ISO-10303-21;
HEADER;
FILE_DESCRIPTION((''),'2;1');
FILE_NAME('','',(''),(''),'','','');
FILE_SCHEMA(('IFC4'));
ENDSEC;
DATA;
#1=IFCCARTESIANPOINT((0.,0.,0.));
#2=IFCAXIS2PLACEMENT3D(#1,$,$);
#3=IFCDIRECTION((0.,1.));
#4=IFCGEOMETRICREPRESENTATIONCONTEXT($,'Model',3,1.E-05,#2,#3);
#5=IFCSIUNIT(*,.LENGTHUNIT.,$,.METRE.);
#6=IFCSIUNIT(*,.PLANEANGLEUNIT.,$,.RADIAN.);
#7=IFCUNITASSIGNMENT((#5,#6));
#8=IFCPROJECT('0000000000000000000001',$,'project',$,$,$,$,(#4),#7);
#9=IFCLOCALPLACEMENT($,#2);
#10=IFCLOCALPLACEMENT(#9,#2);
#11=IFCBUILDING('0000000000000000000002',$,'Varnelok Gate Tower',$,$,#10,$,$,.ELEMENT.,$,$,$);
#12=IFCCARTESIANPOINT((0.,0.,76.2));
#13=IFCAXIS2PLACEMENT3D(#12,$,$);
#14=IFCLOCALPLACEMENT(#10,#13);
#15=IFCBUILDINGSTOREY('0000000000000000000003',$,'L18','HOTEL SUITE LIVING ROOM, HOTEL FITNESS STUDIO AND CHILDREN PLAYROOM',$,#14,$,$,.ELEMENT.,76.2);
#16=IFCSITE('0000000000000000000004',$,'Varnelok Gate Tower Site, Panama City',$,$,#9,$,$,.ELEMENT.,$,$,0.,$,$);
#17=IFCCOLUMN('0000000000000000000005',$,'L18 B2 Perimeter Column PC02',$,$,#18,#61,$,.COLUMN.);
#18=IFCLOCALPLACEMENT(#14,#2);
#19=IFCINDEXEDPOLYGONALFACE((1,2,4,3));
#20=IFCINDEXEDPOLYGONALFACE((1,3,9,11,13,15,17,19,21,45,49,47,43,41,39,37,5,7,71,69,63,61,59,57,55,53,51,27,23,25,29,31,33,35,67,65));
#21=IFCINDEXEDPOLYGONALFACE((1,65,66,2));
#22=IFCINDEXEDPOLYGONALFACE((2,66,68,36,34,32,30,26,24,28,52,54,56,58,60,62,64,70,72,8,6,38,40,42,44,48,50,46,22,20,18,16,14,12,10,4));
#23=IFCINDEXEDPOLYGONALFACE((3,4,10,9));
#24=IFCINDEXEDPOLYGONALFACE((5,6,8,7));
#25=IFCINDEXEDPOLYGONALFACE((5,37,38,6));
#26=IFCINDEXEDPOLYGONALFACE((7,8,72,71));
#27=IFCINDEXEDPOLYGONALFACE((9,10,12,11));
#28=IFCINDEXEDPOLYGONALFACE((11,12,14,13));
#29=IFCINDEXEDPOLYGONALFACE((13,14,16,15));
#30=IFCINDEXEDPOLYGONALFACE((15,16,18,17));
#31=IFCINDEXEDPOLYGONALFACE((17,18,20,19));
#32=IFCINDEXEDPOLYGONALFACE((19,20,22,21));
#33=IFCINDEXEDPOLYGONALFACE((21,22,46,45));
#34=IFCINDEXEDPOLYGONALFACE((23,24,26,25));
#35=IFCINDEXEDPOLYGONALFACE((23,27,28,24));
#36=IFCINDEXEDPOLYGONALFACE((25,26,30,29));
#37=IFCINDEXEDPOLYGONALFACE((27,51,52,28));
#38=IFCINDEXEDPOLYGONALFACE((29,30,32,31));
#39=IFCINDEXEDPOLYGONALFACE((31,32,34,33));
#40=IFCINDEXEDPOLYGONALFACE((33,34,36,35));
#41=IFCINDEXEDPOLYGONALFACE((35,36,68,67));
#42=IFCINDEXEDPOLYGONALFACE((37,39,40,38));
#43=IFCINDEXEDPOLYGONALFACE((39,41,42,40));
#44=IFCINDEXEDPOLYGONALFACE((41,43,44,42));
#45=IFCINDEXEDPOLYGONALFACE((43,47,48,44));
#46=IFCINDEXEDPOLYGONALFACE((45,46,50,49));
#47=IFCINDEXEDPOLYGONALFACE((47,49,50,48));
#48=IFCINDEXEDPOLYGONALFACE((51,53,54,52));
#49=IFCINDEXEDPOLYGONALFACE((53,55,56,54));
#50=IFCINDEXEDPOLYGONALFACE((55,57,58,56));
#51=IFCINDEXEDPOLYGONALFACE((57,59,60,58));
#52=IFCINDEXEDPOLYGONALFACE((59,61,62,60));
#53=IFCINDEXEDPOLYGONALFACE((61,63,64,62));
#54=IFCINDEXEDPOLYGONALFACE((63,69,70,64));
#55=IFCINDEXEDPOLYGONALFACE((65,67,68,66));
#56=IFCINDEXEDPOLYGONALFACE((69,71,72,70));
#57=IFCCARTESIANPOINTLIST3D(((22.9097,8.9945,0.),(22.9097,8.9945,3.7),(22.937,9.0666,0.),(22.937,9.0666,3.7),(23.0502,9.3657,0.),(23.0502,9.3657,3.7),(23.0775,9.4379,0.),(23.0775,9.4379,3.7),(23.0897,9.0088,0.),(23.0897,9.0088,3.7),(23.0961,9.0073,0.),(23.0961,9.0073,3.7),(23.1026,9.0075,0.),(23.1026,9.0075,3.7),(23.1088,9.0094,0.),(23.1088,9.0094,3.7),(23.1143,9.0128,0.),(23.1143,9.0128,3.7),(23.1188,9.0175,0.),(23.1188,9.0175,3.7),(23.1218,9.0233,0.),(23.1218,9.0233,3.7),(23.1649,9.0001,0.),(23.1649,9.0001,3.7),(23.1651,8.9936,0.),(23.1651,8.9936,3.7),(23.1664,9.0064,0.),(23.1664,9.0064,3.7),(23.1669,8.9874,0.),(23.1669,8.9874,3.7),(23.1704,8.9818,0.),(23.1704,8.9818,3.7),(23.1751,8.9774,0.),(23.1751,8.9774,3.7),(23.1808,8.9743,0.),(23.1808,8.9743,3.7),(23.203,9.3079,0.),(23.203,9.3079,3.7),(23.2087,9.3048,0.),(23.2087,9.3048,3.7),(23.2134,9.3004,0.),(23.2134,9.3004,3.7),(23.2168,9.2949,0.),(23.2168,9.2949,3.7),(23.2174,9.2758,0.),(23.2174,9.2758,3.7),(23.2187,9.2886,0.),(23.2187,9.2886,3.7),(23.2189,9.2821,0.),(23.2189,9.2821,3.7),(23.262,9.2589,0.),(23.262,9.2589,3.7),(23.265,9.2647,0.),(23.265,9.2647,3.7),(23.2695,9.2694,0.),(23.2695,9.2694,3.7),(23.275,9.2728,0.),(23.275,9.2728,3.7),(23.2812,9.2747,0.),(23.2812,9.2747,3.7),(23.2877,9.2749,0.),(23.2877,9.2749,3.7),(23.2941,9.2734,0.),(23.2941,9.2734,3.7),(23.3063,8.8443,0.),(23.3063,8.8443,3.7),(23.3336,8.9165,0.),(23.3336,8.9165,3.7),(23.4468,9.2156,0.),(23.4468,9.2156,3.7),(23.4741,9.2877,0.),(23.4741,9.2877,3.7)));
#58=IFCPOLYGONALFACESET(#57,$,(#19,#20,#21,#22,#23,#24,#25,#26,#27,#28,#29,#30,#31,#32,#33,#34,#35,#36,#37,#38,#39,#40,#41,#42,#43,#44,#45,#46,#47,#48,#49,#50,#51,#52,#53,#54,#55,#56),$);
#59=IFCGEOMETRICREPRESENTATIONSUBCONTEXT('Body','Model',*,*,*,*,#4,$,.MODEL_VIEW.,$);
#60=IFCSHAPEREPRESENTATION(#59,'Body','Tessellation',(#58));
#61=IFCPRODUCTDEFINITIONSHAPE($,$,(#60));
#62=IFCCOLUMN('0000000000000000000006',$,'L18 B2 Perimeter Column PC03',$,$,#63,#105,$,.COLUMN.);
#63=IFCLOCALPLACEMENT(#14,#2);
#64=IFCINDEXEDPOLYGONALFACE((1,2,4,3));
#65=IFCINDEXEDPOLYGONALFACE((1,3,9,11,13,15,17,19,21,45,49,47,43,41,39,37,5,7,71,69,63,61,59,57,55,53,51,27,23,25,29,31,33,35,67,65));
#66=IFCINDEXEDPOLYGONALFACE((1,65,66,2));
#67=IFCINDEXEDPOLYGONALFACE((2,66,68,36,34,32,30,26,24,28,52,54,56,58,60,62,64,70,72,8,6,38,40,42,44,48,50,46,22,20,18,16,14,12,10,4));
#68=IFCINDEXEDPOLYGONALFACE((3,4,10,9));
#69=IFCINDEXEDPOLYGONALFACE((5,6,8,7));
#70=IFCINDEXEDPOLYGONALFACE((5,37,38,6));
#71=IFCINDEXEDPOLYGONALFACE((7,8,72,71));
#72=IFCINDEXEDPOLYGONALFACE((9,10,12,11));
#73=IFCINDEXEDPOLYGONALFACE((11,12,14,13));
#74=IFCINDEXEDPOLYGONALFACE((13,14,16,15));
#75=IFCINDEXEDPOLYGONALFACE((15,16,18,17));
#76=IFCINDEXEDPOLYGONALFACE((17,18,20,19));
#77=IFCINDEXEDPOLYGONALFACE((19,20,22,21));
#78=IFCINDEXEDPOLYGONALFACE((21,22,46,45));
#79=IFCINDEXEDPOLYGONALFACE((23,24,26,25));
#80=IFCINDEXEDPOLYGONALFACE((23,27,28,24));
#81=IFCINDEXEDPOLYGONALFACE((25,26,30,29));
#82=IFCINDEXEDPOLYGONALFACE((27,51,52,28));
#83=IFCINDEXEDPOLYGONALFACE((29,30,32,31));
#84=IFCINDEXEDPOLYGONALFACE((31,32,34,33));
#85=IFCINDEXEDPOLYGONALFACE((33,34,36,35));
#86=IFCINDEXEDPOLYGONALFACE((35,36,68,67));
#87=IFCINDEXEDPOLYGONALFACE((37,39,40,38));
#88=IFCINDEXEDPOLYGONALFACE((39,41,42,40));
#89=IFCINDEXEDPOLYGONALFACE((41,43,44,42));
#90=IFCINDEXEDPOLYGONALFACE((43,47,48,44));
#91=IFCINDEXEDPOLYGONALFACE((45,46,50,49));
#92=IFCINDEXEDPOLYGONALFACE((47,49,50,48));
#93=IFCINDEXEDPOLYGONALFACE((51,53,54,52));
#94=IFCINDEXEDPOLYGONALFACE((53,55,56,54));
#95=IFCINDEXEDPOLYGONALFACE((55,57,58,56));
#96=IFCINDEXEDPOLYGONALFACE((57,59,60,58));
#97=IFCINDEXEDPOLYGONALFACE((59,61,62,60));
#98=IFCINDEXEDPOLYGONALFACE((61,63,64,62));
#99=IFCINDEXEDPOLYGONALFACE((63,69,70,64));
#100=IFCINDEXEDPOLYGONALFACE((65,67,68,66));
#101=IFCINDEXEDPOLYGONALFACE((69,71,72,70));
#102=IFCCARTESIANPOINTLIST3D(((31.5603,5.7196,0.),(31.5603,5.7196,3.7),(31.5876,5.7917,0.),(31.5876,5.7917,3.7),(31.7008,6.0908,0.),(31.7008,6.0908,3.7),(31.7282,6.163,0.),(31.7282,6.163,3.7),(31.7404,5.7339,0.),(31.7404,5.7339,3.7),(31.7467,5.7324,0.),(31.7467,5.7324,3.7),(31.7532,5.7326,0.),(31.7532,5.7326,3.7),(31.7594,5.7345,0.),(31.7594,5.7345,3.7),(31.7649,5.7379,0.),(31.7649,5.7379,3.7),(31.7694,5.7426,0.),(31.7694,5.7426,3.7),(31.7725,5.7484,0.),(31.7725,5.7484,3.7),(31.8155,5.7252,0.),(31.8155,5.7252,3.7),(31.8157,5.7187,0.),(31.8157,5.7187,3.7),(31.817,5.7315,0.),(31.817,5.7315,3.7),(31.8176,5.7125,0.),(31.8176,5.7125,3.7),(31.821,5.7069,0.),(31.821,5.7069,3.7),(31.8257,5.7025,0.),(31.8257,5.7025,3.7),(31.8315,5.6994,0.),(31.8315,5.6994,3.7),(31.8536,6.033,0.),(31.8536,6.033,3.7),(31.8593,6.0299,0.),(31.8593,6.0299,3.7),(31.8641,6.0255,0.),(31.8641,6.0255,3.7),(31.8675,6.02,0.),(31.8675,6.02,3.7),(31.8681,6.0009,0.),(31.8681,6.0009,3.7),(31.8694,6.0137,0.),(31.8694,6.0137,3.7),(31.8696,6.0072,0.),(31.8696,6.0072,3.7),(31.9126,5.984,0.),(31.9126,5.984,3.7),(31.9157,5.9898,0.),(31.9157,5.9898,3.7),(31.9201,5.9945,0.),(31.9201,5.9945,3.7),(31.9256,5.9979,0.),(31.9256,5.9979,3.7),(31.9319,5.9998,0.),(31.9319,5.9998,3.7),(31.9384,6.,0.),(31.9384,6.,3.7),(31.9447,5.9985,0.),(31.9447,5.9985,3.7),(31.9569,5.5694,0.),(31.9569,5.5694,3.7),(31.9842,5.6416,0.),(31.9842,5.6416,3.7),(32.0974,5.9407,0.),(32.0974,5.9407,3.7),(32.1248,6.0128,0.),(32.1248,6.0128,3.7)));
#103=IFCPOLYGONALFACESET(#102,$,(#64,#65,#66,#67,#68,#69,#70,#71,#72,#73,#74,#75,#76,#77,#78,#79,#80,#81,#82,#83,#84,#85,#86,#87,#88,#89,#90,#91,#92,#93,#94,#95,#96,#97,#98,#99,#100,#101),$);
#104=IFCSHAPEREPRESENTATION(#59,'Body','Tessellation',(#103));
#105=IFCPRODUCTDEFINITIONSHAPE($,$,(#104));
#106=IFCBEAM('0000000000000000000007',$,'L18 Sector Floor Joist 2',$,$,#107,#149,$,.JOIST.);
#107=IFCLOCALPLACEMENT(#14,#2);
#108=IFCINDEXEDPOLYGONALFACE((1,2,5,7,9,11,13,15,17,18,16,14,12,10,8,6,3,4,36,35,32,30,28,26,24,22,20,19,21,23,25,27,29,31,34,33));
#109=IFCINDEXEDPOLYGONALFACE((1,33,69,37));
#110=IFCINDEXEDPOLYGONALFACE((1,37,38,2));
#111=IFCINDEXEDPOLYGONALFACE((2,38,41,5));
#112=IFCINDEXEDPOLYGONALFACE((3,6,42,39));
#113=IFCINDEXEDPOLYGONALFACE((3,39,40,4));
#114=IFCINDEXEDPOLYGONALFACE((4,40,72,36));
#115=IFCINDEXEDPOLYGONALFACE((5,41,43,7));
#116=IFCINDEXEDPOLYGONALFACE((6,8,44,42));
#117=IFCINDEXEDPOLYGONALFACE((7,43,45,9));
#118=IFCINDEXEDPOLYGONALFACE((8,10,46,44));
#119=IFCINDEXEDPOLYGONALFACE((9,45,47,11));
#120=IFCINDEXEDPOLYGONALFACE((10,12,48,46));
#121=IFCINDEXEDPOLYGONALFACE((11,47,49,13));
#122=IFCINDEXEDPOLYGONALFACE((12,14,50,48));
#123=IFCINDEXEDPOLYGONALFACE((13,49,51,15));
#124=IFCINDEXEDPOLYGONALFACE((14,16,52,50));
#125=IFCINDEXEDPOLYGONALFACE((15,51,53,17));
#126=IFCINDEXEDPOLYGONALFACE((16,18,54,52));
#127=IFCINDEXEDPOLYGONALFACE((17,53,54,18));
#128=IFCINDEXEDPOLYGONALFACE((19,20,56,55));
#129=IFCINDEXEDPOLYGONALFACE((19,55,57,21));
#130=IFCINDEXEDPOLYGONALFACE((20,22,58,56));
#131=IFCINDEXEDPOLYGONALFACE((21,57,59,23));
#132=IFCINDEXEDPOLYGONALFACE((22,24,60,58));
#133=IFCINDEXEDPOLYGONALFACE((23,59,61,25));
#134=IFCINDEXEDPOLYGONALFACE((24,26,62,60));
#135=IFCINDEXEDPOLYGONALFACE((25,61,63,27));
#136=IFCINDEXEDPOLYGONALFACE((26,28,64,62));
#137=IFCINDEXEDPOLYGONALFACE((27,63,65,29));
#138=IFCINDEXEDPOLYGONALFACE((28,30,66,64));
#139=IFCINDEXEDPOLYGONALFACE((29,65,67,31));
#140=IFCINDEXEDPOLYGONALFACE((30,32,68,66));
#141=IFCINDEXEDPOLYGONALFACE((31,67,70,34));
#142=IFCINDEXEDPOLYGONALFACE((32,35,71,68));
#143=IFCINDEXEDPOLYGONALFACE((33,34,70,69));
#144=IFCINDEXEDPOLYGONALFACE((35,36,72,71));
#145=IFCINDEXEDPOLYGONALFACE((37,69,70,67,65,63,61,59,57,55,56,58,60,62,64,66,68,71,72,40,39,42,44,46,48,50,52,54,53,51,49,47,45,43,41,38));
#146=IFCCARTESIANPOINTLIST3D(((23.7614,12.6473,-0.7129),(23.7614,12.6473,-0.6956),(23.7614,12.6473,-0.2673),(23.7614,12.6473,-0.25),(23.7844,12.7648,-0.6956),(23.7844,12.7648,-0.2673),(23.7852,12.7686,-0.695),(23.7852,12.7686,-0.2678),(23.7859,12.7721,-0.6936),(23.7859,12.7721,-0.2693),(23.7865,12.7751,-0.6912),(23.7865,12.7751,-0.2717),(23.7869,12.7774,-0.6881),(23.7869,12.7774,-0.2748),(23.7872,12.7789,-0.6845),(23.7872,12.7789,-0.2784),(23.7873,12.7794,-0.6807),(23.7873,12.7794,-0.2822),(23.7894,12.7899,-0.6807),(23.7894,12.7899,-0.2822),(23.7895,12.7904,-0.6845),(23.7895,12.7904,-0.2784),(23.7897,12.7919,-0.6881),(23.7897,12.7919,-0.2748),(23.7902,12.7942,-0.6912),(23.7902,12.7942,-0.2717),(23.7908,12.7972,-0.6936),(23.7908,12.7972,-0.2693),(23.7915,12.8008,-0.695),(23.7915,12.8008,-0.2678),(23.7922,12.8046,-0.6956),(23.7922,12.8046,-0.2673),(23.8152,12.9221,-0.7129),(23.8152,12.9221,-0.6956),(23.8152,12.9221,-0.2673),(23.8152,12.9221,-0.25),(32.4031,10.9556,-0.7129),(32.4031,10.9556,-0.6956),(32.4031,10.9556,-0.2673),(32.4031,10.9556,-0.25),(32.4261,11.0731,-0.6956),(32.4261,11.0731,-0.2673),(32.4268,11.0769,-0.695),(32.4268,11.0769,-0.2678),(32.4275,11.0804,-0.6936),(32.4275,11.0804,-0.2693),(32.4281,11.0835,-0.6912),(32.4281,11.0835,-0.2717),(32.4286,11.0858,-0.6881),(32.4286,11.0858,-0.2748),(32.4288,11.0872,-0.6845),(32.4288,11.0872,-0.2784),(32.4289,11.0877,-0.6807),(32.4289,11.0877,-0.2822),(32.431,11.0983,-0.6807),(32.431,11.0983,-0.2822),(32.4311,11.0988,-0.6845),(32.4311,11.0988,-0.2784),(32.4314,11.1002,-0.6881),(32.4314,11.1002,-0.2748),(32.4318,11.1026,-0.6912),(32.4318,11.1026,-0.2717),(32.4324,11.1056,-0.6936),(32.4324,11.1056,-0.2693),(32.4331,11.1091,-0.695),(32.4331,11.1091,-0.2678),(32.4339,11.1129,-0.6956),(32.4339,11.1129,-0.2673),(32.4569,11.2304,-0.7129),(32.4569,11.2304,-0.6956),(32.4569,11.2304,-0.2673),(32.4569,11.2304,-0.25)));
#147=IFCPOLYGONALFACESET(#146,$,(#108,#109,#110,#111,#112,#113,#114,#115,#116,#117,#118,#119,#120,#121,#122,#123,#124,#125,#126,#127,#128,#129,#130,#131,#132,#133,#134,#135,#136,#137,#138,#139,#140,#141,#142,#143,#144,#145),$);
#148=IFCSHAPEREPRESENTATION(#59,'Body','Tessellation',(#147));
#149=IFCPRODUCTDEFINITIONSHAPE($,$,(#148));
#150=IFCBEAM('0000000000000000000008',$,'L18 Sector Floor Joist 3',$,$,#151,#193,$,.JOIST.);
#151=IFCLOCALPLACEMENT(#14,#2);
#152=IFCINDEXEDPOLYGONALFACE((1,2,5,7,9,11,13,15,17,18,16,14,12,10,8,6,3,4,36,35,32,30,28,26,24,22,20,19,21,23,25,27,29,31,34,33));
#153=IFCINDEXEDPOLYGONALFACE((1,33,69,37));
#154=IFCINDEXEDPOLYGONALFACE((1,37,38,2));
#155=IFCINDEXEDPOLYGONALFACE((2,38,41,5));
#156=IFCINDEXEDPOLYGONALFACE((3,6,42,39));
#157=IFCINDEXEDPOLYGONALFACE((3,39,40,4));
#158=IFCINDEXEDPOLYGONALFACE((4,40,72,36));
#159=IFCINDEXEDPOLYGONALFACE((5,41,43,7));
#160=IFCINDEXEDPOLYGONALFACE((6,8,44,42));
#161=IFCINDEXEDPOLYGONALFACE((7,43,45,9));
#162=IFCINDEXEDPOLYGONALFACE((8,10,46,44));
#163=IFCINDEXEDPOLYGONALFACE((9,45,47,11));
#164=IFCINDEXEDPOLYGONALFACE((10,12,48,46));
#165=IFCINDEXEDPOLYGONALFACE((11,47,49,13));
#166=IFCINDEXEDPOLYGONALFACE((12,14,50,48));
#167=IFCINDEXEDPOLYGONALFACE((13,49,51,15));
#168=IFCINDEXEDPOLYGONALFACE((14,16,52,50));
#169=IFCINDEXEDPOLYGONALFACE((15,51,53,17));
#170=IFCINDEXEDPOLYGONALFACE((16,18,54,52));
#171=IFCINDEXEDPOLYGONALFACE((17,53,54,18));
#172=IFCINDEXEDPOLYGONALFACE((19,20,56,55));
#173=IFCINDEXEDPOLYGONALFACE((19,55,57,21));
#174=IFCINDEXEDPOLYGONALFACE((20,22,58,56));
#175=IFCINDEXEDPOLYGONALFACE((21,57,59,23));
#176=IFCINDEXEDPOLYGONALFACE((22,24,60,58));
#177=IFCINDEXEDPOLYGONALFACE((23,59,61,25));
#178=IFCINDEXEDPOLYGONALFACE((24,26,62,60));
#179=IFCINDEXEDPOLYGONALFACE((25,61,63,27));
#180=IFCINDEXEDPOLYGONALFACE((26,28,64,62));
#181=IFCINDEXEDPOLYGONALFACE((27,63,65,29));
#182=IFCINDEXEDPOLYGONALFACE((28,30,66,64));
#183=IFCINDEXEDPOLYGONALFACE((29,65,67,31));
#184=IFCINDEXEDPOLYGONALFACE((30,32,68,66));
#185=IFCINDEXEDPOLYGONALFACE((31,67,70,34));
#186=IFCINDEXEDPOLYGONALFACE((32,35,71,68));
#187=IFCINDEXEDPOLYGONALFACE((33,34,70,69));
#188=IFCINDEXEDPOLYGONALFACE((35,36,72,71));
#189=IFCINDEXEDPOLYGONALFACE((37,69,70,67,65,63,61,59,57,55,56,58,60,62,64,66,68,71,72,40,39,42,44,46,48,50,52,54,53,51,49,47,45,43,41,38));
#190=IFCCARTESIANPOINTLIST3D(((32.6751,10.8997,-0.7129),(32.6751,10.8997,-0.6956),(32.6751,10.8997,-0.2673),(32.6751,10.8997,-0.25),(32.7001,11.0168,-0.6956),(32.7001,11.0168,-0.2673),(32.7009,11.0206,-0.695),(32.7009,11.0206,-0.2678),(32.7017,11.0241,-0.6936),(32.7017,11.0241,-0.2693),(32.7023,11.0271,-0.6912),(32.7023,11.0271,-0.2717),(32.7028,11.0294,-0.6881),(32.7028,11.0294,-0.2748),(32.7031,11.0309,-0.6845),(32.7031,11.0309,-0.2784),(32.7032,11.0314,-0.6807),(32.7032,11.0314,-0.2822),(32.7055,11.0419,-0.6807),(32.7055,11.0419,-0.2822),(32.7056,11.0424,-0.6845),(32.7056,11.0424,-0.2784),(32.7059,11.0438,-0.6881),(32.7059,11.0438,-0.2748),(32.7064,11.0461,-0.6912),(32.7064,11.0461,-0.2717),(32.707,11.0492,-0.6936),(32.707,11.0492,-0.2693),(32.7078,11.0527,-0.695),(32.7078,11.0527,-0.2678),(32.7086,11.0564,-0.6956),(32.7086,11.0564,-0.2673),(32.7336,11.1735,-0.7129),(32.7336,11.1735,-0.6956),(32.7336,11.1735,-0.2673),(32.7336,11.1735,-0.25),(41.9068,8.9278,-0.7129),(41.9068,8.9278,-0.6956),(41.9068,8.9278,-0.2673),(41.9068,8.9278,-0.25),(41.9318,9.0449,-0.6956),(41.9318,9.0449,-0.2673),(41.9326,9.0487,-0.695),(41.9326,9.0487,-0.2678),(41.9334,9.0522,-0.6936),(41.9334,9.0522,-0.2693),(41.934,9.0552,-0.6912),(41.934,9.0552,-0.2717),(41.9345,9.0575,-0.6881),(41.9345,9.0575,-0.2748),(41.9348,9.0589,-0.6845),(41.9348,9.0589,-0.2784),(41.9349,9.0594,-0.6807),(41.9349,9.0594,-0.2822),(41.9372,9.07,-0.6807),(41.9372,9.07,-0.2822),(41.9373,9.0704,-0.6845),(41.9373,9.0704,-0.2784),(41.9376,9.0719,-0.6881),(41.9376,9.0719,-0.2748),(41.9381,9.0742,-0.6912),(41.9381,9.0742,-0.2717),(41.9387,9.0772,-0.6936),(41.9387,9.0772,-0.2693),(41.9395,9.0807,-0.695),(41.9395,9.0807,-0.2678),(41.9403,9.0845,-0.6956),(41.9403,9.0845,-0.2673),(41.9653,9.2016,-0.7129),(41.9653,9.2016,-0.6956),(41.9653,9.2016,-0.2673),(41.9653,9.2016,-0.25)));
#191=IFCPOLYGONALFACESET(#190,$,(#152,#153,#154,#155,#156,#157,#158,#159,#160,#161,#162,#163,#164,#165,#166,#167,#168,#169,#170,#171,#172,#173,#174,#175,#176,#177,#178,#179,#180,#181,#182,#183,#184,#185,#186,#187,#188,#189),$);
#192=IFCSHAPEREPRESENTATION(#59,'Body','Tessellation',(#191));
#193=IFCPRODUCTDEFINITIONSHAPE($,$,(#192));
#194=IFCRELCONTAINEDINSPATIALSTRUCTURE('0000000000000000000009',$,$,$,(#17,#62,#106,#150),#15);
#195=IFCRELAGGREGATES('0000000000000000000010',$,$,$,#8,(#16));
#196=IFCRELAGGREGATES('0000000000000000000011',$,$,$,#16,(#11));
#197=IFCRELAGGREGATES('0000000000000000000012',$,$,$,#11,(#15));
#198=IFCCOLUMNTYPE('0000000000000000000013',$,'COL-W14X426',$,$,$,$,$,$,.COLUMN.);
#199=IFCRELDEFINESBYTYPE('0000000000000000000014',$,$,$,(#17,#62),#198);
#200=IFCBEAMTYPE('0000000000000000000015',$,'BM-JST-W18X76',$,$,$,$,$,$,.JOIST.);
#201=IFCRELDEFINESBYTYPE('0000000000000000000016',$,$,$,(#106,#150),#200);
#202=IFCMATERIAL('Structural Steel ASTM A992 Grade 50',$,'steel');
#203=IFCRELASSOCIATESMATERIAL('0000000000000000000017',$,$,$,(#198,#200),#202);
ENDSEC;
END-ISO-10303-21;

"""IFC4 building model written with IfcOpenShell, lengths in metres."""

from ifc_helpers import new_model, si_unit, direction, frame, origin, origin_2d, place, context, subcontext, project, spatial, i_section, extrude, material, material_profile, profile_set, type_object, element, save


model = new_model("IFC4")

# Units and contexts
model_context = context("Model", 3, precision=1e-05, world=origin(), true_north=direction((0.0, 1.0)))
body_context = subcontext(model_context, "Body", "Model", "MODEL_VIEW")
ifc_project = project(units=[si_unit("LENGTHUNIT", "METRE"), si_unit("PLANEANGLEUNIT", "RADIAN")], contexts=[model_context])

# Site, building, storey
site_placement = place(None, origin())
site = spatial("IfcSite", under=ifc_project, at=site_placement, Name="Varnelok Gate Tower Site, Panama City", CompositionType="ELEMENT", RefElevation=0.0)
building_placement = place(site_placement, origin())
building = spatial("IfcBuilding", under=site, at=building_placement, Name="Varnelok Gate Tower", CompositionType="ELEMENT")
storey_placement = place(building_placement, frame((0.0, 0.0, 76.2)))
storey = spatial("IfcBuildingStorey", under=building, at=storey_placement, Name="L18", Description="HOTEL SUITE LIVING ROOM, HOTEL FITNESS STUDIO AND CHILDREN PLAYROOM", CompositionType="ELEMENT", Elevation=76.2)

# Columns
ifc_material_1 = material(Name="Structural Steel ASTM A992 Grade 50", Category="steel")
ifc_material_profile_1 = material_profile(ifc_material_1, i_section(OverallWidth=0.4241, OverallDepth=0.4741, WebThickness=0.0476, FlangeThickness=0.0771, FilletRadius=0.0249, at=origin_2d()), Name="W14X426")
ifc_profile_set_1 = profile_set([ifc_material_profile_1], Name="Structural Steel ASTM A992 Grade 50")
column_type = type_object("IfcColumnType", Name="COL-W14X426", PredefinedType="COLUMN", material=ifc_profile_set_1)
for number, where, z_axis, x_axis, name in (
    (1, (23.1919, 9.1411, 0.0), (0.0, 0.0, 1.0), (0.935222, -0.354063, 0.0), "L18 B2 Perimeter Column PC02"),
    (2, (31.8425, 5.8662, 0.0), (0.0, 0.0, 1.0), (0.935222, -0.354063, 0.0), "L18 B2 Perimeter Column PC03"),
):
    element("IfcColumn", number, at=place(storey_placement, frame(where, z_axis=z_axis, x_axis=x_axis)), inside=storey, type_object=column_type, Name=name, PredefinedType="COLUMN", context=body_context, shape_type="SweptSolid", body=[
        extrude(i_section(OverallWidth=0.4241, OverallDepth=0.4741, WebThickness=0.0476, FlangeThickness=0.0771, FilletRadius=0.0249, at=origin_2d()), origin(), (0.0, 0.0, 1.0), 3.7),
    ])

# Beams
ifc_material_profile_2 = material_profile(ifc_material_1, i_section(OverallWidth=0.28, OverallDepth=0.4629, WebThickness=0.0107, FlangeThickness=0.0173, FilletRadius=0.0149, at=origin_2d()), Name="W18X76")
ifc_profile_set_2 = profile_set([ifc_material_profile_2], Name="Structural Steel ASTM A992 Grade 50")
beam_type_1 = type_object("IfcBeamType", Name="BM-JST-W18X76", PredefinedType="JOIST", material=ifc_profile_set_2)
beam_1_placement = place(storey_placement, frame((23.7883, 12.7847, -0.4814), z_axis=(0.981373, -0.19211, 0.0), x_axis=(0.19211, 0.981373, 0.0)))
element("IfcBeam", 3, at=beam_1_placement, inside=storey, type_object=beam_type_1, Name="L18 Sector Floor Joist 2", PredefinedType="JOIST", context=body_context, shape_type="SweptSolid", body=[
    extrude(i_section(OverallWidth=0.28, OverallDepth=0.4629, WebThickness=0.0107, FlangeThickness=0.0173, FilletRadius=0.0149, at=origin_2d()), origin(), (0.0, 0.0, 1.0), 8.8057),
])
beam_2_placement = place(storey_placement, frame((32.7043, 11.0366, -0.4814), z_axis=(0.977939, -0.208891, 0.0), x_axis=(0.208891, 0.977939, 0.0)))
element("IfcBeam", 4, at=beam_2_placement, inside=storey, type_object=beam_type_1, Name="L18 Sector Floor Joist 3", PredefinedType="JOIST", context=body_context, shape_type="SweptSolid", body=[
    extrude(i_section(OverallWidth=0.28, OverallDepth=0.4629, WebThickness=0.0107, FlangeThickness=0.0173, FilletRadius=0.0149, at=origin_2d()), origin(), (0.0, 0.0, 1.0), 9.4399),
])

save(model, "model.ifc")
